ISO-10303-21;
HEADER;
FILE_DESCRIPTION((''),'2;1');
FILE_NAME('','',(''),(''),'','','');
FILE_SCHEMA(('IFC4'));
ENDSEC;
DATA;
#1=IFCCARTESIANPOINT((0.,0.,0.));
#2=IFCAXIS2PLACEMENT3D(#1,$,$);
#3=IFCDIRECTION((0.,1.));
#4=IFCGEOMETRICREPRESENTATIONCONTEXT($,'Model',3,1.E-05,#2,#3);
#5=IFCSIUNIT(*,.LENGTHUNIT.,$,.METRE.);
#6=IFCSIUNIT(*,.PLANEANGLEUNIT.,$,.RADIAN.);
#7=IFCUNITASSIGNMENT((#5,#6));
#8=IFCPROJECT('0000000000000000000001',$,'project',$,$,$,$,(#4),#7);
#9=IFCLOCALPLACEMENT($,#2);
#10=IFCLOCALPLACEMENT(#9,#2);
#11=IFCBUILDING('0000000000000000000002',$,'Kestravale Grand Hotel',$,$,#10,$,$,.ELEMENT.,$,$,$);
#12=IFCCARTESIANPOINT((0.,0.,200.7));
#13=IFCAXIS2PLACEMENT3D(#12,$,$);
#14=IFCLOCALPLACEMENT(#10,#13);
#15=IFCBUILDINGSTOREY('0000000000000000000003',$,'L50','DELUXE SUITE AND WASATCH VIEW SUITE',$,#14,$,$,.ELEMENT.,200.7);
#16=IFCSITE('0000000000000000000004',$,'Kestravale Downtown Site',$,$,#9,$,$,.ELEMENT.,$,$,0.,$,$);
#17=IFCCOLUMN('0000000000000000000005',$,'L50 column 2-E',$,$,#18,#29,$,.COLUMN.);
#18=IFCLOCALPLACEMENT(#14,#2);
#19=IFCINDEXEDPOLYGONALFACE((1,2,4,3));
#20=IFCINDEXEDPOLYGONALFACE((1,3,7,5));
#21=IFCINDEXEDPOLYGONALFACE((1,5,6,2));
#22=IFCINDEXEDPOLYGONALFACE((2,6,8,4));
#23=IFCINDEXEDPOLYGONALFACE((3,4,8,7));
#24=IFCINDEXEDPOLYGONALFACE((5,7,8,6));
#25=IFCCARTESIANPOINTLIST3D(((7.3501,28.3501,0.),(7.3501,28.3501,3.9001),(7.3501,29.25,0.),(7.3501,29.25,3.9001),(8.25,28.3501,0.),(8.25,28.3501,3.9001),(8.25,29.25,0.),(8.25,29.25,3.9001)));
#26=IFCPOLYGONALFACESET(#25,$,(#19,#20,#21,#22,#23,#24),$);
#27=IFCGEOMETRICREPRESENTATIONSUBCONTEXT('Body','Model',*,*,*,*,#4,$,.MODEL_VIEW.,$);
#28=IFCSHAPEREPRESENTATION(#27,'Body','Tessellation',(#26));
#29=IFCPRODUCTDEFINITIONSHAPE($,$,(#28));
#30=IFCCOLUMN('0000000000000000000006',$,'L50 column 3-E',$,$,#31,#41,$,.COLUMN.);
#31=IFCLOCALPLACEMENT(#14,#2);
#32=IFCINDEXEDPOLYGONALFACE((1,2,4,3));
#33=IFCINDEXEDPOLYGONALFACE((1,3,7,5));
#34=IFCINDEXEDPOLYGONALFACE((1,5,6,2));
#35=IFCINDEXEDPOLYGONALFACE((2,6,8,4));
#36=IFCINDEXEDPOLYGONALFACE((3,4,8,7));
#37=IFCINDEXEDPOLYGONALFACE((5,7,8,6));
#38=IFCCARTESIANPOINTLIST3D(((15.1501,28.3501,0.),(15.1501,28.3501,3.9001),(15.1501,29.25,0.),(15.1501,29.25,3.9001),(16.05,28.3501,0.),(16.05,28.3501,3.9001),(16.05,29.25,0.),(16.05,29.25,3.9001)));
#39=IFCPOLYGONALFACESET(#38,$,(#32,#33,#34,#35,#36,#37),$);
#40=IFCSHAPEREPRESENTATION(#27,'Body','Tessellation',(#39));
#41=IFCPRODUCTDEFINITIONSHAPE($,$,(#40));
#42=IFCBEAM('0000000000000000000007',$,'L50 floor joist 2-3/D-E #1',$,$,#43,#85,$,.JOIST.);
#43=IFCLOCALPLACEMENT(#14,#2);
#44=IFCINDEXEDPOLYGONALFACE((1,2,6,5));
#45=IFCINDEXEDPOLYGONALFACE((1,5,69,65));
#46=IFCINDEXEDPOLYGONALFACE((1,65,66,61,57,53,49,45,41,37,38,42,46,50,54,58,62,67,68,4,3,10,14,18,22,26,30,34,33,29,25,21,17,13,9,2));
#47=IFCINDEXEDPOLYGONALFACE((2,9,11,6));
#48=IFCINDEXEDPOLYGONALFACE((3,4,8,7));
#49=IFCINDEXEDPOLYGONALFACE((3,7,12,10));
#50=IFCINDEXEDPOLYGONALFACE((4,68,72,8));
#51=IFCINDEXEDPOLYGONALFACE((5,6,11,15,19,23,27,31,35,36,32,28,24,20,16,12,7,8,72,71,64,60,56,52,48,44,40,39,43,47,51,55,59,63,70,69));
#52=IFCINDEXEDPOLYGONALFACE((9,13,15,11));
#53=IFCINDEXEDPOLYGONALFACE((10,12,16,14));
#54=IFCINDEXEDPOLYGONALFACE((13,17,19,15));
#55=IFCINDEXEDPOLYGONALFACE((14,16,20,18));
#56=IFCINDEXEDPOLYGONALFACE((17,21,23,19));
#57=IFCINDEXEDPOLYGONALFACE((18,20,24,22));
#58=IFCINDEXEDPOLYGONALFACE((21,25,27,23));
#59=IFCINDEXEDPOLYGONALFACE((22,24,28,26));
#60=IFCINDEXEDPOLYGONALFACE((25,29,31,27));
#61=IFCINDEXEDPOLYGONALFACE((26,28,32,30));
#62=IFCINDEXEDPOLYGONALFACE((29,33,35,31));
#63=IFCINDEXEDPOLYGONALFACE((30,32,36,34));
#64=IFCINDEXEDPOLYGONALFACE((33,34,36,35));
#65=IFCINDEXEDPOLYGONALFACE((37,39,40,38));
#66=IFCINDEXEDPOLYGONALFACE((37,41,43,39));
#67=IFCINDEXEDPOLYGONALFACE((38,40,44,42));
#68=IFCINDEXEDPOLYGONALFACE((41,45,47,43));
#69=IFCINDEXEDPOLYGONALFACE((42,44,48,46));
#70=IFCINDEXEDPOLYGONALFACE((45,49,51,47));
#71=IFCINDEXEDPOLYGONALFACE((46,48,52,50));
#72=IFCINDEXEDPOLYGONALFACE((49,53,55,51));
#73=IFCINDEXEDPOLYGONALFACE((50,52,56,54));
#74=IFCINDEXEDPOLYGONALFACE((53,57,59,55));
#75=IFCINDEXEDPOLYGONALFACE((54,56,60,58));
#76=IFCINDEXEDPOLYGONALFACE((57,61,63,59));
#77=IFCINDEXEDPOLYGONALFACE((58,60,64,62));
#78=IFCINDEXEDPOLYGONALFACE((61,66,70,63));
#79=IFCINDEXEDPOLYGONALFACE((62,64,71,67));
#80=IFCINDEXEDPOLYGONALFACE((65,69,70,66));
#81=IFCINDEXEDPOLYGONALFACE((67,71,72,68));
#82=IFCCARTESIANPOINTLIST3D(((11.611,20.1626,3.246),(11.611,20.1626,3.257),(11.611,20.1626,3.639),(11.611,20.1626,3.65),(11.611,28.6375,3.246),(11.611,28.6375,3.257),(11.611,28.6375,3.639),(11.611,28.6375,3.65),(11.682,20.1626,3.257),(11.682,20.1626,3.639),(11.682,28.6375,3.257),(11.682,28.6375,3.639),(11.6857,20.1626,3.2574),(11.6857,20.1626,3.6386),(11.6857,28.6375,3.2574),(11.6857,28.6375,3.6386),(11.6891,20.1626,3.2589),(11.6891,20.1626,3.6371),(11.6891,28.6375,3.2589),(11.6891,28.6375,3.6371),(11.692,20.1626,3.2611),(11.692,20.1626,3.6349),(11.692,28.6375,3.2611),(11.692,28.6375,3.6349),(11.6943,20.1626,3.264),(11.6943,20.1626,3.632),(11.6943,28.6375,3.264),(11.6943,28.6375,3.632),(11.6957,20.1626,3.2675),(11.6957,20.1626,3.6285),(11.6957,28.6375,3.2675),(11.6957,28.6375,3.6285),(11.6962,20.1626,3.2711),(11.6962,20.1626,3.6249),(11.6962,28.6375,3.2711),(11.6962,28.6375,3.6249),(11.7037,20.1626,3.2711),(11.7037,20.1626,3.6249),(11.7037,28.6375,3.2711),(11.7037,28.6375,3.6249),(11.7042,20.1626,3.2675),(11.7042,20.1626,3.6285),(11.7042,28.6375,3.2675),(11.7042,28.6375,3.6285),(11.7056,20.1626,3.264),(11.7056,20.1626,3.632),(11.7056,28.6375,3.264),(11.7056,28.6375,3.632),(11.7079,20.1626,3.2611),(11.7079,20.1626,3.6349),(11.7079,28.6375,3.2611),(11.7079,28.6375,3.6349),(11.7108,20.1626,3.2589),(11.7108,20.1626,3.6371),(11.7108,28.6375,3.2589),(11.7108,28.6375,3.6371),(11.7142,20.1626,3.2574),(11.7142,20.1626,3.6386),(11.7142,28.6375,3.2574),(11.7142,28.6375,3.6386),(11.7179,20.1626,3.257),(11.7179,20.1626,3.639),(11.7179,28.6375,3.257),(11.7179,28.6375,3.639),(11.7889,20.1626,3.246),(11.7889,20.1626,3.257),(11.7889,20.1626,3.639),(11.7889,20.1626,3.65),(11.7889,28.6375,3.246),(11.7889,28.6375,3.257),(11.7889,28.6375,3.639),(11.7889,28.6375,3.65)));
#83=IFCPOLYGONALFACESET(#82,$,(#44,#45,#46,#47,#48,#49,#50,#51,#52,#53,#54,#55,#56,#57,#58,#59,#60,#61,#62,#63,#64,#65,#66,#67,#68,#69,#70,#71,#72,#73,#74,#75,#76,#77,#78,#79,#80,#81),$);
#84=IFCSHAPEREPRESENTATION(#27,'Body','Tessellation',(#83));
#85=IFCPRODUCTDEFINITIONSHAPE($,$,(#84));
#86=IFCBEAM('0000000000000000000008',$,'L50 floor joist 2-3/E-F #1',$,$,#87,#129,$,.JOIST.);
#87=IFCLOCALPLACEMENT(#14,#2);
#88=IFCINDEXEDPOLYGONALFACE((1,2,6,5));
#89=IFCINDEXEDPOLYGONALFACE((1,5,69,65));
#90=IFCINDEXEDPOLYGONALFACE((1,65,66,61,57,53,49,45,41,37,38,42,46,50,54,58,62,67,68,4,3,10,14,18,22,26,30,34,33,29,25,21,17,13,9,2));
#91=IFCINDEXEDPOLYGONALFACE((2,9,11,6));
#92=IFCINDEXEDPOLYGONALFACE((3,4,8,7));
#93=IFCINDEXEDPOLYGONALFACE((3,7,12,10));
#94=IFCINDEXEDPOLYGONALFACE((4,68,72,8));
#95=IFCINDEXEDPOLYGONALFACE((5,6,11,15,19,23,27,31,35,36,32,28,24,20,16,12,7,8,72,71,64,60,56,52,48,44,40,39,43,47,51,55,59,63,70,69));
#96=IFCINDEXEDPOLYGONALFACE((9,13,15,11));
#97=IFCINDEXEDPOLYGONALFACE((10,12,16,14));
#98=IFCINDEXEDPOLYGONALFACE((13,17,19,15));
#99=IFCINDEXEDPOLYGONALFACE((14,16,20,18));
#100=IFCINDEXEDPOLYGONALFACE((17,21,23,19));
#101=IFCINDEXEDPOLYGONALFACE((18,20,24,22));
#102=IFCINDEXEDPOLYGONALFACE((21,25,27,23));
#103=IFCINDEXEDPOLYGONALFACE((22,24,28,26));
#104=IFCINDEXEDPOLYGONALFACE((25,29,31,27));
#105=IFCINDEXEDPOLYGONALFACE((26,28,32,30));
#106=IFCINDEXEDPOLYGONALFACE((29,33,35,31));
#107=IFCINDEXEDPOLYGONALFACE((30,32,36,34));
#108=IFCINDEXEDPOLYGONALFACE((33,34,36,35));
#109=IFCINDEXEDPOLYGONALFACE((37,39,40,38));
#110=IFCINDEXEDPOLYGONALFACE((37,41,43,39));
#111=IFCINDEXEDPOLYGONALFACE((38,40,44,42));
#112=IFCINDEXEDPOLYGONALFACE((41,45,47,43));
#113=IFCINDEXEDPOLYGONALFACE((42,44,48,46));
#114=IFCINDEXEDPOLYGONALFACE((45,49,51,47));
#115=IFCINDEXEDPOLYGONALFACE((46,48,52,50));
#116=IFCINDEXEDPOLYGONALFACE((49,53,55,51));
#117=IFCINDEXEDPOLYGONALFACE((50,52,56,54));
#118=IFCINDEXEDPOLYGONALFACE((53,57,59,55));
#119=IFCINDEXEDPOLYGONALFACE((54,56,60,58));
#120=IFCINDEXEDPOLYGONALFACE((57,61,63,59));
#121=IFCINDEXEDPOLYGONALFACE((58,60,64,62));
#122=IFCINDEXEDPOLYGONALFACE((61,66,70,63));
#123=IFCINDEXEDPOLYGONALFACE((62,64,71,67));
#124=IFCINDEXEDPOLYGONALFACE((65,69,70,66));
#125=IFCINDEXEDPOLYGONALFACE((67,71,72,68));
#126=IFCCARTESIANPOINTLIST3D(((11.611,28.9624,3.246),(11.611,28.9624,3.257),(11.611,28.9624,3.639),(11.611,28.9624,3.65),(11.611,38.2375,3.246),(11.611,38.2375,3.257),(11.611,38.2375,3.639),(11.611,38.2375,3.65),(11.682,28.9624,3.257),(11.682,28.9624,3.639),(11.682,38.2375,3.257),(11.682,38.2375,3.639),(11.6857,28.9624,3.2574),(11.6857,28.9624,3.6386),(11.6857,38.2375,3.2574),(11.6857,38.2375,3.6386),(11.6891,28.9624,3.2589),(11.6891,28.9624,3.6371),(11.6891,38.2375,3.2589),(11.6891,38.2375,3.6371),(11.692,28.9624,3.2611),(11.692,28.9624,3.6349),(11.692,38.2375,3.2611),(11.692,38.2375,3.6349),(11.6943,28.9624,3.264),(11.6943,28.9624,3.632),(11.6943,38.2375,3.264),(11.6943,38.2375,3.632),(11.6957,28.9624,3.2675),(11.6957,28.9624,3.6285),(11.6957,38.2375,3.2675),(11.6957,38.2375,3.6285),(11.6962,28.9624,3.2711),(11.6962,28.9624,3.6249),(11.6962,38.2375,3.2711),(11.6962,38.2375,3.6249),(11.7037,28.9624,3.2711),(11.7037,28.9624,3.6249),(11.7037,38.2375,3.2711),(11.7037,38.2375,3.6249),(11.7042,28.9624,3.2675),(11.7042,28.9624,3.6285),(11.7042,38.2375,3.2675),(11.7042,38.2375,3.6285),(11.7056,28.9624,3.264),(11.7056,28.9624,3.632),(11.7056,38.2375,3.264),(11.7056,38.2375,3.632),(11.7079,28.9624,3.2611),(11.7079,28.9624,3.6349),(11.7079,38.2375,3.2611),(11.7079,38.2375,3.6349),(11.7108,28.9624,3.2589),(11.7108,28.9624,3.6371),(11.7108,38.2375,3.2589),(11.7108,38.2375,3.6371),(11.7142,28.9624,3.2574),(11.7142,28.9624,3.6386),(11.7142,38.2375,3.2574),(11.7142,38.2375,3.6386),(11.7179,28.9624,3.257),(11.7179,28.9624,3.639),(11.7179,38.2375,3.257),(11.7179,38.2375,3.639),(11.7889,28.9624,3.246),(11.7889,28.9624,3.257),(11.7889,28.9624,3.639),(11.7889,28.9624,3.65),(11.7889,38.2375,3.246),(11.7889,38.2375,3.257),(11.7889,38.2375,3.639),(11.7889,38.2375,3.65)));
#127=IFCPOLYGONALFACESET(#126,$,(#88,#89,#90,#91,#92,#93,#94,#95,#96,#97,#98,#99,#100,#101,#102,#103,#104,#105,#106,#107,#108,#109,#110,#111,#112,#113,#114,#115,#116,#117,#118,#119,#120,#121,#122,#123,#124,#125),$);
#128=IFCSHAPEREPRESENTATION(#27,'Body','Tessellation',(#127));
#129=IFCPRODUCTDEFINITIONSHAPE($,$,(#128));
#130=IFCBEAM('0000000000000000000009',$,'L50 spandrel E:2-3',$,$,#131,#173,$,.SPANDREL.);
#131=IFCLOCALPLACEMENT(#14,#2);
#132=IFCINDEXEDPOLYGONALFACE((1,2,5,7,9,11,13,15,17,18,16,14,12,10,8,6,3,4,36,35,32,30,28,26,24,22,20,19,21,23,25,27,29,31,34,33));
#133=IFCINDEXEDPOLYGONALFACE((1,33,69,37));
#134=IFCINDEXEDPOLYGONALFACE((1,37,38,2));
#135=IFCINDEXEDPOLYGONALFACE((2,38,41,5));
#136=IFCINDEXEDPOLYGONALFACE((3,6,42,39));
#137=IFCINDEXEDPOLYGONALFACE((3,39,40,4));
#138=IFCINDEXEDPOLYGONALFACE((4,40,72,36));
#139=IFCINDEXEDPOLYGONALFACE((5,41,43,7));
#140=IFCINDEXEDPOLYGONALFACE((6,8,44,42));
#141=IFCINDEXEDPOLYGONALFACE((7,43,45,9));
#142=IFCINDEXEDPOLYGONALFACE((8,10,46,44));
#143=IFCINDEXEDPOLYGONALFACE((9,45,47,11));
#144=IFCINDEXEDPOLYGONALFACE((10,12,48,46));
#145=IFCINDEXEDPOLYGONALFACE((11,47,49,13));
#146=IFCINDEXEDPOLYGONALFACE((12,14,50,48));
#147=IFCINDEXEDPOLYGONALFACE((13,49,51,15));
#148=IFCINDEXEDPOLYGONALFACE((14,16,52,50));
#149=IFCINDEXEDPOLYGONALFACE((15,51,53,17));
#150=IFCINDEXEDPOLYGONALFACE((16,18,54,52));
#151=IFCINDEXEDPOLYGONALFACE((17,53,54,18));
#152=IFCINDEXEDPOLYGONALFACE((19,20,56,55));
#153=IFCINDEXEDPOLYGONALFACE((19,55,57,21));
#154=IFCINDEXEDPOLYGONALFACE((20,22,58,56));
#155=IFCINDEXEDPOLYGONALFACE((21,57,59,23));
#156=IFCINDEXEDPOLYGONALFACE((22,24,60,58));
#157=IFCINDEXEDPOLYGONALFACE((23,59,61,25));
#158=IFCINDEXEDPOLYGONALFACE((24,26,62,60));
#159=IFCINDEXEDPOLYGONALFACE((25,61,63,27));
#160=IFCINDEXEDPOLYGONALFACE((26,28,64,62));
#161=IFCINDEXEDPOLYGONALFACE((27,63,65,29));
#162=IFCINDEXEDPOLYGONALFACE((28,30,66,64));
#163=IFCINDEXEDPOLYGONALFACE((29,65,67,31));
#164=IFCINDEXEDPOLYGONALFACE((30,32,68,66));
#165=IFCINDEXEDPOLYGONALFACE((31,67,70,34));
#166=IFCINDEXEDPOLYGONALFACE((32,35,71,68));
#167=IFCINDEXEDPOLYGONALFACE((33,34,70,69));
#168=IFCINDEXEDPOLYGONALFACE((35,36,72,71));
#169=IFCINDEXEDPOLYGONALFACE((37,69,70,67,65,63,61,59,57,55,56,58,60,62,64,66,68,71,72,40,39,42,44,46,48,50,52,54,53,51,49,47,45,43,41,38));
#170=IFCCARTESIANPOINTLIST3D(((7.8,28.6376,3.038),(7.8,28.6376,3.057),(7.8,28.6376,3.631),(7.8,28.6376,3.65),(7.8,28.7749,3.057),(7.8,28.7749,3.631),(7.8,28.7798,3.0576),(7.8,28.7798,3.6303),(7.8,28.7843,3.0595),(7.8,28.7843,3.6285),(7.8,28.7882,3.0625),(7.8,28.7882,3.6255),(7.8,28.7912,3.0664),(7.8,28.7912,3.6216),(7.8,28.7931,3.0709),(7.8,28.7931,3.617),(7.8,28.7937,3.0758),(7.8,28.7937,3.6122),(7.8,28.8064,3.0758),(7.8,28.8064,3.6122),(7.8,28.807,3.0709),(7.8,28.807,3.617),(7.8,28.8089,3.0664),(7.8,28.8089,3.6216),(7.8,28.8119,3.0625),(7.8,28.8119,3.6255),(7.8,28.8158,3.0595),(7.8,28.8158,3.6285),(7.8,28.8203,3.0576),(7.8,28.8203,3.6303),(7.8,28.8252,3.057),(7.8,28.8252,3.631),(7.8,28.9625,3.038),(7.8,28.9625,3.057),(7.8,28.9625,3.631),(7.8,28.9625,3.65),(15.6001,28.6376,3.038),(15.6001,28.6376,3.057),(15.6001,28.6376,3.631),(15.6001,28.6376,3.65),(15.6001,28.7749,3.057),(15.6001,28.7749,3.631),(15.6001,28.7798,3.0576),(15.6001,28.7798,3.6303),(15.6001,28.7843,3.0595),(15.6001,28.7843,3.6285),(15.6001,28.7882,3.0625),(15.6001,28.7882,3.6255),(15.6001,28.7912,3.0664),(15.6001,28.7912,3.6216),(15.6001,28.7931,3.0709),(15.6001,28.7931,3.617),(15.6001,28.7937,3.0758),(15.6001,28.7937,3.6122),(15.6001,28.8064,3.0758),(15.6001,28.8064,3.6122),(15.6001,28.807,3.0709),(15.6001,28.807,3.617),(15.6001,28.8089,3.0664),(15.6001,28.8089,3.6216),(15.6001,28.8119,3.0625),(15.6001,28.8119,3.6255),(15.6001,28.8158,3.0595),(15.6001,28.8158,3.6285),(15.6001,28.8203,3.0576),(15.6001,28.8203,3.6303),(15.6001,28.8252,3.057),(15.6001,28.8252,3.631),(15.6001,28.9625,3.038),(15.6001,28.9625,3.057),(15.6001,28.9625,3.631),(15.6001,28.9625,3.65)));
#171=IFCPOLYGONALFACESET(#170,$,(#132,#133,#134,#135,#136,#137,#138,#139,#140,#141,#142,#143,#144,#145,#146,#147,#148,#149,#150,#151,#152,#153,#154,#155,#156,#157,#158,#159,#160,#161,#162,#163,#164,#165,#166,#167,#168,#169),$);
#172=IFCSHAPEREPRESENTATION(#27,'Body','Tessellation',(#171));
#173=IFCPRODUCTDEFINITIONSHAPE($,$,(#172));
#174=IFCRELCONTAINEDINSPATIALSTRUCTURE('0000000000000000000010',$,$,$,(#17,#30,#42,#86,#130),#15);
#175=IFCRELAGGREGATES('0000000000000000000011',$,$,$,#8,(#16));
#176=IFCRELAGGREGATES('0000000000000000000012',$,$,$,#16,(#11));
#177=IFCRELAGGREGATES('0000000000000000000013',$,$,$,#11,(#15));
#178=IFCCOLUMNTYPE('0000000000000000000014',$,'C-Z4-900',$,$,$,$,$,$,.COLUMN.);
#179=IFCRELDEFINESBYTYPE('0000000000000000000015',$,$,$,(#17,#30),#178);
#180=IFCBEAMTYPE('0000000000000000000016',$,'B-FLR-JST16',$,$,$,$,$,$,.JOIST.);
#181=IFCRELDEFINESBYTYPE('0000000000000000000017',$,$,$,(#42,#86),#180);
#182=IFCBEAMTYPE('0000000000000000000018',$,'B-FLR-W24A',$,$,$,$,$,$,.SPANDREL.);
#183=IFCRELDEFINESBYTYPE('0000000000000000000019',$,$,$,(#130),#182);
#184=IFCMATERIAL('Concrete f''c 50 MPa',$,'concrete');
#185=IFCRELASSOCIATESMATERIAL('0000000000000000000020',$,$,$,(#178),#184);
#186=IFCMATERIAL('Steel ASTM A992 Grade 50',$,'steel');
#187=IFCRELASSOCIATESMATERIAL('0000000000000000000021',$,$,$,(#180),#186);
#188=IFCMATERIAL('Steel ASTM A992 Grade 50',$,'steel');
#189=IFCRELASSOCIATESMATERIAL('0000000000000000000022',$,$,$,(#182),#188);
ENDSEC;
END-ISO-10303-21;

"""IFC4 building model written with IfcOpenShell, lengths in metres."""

from ifc_helpers import new_model, si_unit, direction, frame, origin, origin_2d, place, context, subcontext, project, spatial, rectangle, i_section, extrude, material, material_profile, profile_set, type_object, element, save


model = new_model("IFC4")

# Units and contexts
model_context = context("Model", 3, precision=1e-05, world=origin(), true_north=direction((0.0, 1.0)))
body_context = subcontext(model_context, "Body", "Model", "MODEL_VIEW")
ifc_project = project(units=[si_unit("LENGTHUNIT", "METRE"), si_unit("PLANEANGLEUNIT", "RADIAN")], contexts=[model_context])

# Site, building, storey
site_placement = place(None, origin())
site = spatial("IfcSite", under=ifc_project, at=site_placement, Name="Kestravale Downtown Site", CompositionType="ELEMENT", RefElevation=0.0)
building_placement = place(site_placement, origin())
building = spatial("IfcBuilding", under=site, at=building_placement, Name="Kestravale Grand Hotel", CompositionType="ELEMENT")
storey_placement = place(building_placement, frame((0.0, 0.0, 200.7)))
storey = spatial("IfcBuildingStorey", under=building, at=storey_placement, Name="L50", Description="DELUXE SUITE AND WASATCH VIEW SUITE", CompositionType="ELEMENT", Elevation=200.7)

# Columns
ifc_material_1 = material(Name="Concrete f'c 50 MPa", Category="concrete")
ifc_material_profile_1 = material_profile(ifc_material_1, rectangle(XDim=0.8999, YDim=0.8999, at=origin_2d()))
ifc_profile_set_1 = profile_set([ifc_material_profile_1], Name="Concrete f'c 50 MPa")
column_type = type_object("IfcColumnType", Name="C-Z4-900", PredefinedType="COLUMN", material=ifc_profile_set_1)
for number, where, z_axis, x_axis, name in (
    (1, (7.8, 28.8, 0.0), (0.0, 0.0, 1.0), (1.0, 0.0, 0.0), "L50 column 2-E"),
    (2, (15.6001, 28.8, 0.0), (0.0, 0.0, 1.0), (1.0, 0.0, 0.0), "L50 column 3-E"),
):
    element("IfcColumn", number, at=place(storey_placement, frame(where, z_axis=z_axis, x_axis=x_axis)), inside=storey, type_object=column_type, Name=name, PredefinedType="COLUMN", context=body_context, shape_type="SweptSolid", body=[
        extrude(rectangle(XDim=0.8999, YDim=0.8999, at=origin_2d()), origin(), (0.0, 0.0, 1.0), 3.9001),
    ])

# Beams
ifc_material_2 = material(Name="Steel ASTM A992 Grade 50", Category="steel")
ifc_material_profile_2 = material_profile(ifc_material_2, i_section(OverallWidth=0.178, OverallDepth=0.4041, WebThickness=0.0076, FlangeThickness=0.011, FilletRadius=0.0142, at=origin_2d()))
ifc_profile_set_2 = profile_set([ifc_material_profile_2], Name="Steel ASTM A992 Grade 50")
beam_type_1 = type_object("IfcBeamType", Name="B-FLR-JST16", PredefinedType="JOIST", material=ifc_profile_set_2)
beam_1_placement = place(storey_placement, frame((11.7, 20.1626, 3.448), z_axis=(0.0, 1.0, 0.0), x_axis=(-1.0, 0.0, 0.0)))
element("IfcBeam", 3, at=beam_1_placement, inside=storey, type_object=beam_type_1, Name="L50 floor joist 2-3/D-E #1", PredefinedType="JOIST", context=body_context, shape_type="SweptSolid", body=[
    extrude(i_section(OverallWidth=0.178, OverallDepth=0.4041, WebThickness=0.0076, FlangeThickness=0.011, FilletRadius=0.0142, at=origin_2d()), origin(), (0.0, 0.0, 1.0), 8.4749),
])
beam_2_placement = place(storey_placement, frame((11.7, 28.9624, 3.448), z_axis=(0.0, 1.0, 0.0), x_axis=(-1.0, 0.0, 0.0)))
element("IfcBeam", 4, at=beam_2_placement, inside=storey, type_object=beam_type_1, Name="L50 floor joist 2-3/E-F #1", PredefinedType="JOIST", context=body_context, shape_type="SweptSolid", body=[
    extrude(i_section(OverallWidth=0.178, OverallDepth=0.4041, WebThickness=0.0076, FlangeThickness=0.011, FilletRadius=0.0142, at=origin_2d()), origin(), (0.0, 0.0, 1.0), 9.2751),
])
ifc_material_3 = material(Name="Steel ASTM A992 Grade 50", Category="steel")
ifc_material_profile_3 = material_profile(ifc_material_3, i_section(OverallWidth=0.325, OverallDepth=0.6121, WebThickness=0.0127, FlangeThickness=0.019, FilletRadius=0.0188, at=origin_2d()))
ifc_profile_set_3 = profile_set([ifc_material_profile_3], Name="Steel ASTM A992 Grade 50")
beam_type_2 = type_object("IfcBeamType", Name="B-FLR-W24A", PredefinedType="SPANDREL", material=ifc_profile_set_3)
beam_3_placement = place(storey_placement, frame((7.8, 28.8, 3.344), z_axis=(1.0, 0.0, 0.0), x_axis=(0.0, 1.0, 0.0)))
element("IfcBeam", 5, at=beam_3_placement, inside=storey, type_object=beam_type_2, Name="L50 spandrel E:2-3", PredefinedType="SPANDREL", context=body_context, shape_type="SweptSolid", body=[
    extrude(i_section(OverallWidth=0.325, OverallDepth=0.6121, WebThickness=0.0127, FlangeThickness=0.019, FilletRadius=0.0188, at=origin_2d()), origin(), (0.0, 0.0, 1.0), 7.8),
])

save(model, "model.ifc")
